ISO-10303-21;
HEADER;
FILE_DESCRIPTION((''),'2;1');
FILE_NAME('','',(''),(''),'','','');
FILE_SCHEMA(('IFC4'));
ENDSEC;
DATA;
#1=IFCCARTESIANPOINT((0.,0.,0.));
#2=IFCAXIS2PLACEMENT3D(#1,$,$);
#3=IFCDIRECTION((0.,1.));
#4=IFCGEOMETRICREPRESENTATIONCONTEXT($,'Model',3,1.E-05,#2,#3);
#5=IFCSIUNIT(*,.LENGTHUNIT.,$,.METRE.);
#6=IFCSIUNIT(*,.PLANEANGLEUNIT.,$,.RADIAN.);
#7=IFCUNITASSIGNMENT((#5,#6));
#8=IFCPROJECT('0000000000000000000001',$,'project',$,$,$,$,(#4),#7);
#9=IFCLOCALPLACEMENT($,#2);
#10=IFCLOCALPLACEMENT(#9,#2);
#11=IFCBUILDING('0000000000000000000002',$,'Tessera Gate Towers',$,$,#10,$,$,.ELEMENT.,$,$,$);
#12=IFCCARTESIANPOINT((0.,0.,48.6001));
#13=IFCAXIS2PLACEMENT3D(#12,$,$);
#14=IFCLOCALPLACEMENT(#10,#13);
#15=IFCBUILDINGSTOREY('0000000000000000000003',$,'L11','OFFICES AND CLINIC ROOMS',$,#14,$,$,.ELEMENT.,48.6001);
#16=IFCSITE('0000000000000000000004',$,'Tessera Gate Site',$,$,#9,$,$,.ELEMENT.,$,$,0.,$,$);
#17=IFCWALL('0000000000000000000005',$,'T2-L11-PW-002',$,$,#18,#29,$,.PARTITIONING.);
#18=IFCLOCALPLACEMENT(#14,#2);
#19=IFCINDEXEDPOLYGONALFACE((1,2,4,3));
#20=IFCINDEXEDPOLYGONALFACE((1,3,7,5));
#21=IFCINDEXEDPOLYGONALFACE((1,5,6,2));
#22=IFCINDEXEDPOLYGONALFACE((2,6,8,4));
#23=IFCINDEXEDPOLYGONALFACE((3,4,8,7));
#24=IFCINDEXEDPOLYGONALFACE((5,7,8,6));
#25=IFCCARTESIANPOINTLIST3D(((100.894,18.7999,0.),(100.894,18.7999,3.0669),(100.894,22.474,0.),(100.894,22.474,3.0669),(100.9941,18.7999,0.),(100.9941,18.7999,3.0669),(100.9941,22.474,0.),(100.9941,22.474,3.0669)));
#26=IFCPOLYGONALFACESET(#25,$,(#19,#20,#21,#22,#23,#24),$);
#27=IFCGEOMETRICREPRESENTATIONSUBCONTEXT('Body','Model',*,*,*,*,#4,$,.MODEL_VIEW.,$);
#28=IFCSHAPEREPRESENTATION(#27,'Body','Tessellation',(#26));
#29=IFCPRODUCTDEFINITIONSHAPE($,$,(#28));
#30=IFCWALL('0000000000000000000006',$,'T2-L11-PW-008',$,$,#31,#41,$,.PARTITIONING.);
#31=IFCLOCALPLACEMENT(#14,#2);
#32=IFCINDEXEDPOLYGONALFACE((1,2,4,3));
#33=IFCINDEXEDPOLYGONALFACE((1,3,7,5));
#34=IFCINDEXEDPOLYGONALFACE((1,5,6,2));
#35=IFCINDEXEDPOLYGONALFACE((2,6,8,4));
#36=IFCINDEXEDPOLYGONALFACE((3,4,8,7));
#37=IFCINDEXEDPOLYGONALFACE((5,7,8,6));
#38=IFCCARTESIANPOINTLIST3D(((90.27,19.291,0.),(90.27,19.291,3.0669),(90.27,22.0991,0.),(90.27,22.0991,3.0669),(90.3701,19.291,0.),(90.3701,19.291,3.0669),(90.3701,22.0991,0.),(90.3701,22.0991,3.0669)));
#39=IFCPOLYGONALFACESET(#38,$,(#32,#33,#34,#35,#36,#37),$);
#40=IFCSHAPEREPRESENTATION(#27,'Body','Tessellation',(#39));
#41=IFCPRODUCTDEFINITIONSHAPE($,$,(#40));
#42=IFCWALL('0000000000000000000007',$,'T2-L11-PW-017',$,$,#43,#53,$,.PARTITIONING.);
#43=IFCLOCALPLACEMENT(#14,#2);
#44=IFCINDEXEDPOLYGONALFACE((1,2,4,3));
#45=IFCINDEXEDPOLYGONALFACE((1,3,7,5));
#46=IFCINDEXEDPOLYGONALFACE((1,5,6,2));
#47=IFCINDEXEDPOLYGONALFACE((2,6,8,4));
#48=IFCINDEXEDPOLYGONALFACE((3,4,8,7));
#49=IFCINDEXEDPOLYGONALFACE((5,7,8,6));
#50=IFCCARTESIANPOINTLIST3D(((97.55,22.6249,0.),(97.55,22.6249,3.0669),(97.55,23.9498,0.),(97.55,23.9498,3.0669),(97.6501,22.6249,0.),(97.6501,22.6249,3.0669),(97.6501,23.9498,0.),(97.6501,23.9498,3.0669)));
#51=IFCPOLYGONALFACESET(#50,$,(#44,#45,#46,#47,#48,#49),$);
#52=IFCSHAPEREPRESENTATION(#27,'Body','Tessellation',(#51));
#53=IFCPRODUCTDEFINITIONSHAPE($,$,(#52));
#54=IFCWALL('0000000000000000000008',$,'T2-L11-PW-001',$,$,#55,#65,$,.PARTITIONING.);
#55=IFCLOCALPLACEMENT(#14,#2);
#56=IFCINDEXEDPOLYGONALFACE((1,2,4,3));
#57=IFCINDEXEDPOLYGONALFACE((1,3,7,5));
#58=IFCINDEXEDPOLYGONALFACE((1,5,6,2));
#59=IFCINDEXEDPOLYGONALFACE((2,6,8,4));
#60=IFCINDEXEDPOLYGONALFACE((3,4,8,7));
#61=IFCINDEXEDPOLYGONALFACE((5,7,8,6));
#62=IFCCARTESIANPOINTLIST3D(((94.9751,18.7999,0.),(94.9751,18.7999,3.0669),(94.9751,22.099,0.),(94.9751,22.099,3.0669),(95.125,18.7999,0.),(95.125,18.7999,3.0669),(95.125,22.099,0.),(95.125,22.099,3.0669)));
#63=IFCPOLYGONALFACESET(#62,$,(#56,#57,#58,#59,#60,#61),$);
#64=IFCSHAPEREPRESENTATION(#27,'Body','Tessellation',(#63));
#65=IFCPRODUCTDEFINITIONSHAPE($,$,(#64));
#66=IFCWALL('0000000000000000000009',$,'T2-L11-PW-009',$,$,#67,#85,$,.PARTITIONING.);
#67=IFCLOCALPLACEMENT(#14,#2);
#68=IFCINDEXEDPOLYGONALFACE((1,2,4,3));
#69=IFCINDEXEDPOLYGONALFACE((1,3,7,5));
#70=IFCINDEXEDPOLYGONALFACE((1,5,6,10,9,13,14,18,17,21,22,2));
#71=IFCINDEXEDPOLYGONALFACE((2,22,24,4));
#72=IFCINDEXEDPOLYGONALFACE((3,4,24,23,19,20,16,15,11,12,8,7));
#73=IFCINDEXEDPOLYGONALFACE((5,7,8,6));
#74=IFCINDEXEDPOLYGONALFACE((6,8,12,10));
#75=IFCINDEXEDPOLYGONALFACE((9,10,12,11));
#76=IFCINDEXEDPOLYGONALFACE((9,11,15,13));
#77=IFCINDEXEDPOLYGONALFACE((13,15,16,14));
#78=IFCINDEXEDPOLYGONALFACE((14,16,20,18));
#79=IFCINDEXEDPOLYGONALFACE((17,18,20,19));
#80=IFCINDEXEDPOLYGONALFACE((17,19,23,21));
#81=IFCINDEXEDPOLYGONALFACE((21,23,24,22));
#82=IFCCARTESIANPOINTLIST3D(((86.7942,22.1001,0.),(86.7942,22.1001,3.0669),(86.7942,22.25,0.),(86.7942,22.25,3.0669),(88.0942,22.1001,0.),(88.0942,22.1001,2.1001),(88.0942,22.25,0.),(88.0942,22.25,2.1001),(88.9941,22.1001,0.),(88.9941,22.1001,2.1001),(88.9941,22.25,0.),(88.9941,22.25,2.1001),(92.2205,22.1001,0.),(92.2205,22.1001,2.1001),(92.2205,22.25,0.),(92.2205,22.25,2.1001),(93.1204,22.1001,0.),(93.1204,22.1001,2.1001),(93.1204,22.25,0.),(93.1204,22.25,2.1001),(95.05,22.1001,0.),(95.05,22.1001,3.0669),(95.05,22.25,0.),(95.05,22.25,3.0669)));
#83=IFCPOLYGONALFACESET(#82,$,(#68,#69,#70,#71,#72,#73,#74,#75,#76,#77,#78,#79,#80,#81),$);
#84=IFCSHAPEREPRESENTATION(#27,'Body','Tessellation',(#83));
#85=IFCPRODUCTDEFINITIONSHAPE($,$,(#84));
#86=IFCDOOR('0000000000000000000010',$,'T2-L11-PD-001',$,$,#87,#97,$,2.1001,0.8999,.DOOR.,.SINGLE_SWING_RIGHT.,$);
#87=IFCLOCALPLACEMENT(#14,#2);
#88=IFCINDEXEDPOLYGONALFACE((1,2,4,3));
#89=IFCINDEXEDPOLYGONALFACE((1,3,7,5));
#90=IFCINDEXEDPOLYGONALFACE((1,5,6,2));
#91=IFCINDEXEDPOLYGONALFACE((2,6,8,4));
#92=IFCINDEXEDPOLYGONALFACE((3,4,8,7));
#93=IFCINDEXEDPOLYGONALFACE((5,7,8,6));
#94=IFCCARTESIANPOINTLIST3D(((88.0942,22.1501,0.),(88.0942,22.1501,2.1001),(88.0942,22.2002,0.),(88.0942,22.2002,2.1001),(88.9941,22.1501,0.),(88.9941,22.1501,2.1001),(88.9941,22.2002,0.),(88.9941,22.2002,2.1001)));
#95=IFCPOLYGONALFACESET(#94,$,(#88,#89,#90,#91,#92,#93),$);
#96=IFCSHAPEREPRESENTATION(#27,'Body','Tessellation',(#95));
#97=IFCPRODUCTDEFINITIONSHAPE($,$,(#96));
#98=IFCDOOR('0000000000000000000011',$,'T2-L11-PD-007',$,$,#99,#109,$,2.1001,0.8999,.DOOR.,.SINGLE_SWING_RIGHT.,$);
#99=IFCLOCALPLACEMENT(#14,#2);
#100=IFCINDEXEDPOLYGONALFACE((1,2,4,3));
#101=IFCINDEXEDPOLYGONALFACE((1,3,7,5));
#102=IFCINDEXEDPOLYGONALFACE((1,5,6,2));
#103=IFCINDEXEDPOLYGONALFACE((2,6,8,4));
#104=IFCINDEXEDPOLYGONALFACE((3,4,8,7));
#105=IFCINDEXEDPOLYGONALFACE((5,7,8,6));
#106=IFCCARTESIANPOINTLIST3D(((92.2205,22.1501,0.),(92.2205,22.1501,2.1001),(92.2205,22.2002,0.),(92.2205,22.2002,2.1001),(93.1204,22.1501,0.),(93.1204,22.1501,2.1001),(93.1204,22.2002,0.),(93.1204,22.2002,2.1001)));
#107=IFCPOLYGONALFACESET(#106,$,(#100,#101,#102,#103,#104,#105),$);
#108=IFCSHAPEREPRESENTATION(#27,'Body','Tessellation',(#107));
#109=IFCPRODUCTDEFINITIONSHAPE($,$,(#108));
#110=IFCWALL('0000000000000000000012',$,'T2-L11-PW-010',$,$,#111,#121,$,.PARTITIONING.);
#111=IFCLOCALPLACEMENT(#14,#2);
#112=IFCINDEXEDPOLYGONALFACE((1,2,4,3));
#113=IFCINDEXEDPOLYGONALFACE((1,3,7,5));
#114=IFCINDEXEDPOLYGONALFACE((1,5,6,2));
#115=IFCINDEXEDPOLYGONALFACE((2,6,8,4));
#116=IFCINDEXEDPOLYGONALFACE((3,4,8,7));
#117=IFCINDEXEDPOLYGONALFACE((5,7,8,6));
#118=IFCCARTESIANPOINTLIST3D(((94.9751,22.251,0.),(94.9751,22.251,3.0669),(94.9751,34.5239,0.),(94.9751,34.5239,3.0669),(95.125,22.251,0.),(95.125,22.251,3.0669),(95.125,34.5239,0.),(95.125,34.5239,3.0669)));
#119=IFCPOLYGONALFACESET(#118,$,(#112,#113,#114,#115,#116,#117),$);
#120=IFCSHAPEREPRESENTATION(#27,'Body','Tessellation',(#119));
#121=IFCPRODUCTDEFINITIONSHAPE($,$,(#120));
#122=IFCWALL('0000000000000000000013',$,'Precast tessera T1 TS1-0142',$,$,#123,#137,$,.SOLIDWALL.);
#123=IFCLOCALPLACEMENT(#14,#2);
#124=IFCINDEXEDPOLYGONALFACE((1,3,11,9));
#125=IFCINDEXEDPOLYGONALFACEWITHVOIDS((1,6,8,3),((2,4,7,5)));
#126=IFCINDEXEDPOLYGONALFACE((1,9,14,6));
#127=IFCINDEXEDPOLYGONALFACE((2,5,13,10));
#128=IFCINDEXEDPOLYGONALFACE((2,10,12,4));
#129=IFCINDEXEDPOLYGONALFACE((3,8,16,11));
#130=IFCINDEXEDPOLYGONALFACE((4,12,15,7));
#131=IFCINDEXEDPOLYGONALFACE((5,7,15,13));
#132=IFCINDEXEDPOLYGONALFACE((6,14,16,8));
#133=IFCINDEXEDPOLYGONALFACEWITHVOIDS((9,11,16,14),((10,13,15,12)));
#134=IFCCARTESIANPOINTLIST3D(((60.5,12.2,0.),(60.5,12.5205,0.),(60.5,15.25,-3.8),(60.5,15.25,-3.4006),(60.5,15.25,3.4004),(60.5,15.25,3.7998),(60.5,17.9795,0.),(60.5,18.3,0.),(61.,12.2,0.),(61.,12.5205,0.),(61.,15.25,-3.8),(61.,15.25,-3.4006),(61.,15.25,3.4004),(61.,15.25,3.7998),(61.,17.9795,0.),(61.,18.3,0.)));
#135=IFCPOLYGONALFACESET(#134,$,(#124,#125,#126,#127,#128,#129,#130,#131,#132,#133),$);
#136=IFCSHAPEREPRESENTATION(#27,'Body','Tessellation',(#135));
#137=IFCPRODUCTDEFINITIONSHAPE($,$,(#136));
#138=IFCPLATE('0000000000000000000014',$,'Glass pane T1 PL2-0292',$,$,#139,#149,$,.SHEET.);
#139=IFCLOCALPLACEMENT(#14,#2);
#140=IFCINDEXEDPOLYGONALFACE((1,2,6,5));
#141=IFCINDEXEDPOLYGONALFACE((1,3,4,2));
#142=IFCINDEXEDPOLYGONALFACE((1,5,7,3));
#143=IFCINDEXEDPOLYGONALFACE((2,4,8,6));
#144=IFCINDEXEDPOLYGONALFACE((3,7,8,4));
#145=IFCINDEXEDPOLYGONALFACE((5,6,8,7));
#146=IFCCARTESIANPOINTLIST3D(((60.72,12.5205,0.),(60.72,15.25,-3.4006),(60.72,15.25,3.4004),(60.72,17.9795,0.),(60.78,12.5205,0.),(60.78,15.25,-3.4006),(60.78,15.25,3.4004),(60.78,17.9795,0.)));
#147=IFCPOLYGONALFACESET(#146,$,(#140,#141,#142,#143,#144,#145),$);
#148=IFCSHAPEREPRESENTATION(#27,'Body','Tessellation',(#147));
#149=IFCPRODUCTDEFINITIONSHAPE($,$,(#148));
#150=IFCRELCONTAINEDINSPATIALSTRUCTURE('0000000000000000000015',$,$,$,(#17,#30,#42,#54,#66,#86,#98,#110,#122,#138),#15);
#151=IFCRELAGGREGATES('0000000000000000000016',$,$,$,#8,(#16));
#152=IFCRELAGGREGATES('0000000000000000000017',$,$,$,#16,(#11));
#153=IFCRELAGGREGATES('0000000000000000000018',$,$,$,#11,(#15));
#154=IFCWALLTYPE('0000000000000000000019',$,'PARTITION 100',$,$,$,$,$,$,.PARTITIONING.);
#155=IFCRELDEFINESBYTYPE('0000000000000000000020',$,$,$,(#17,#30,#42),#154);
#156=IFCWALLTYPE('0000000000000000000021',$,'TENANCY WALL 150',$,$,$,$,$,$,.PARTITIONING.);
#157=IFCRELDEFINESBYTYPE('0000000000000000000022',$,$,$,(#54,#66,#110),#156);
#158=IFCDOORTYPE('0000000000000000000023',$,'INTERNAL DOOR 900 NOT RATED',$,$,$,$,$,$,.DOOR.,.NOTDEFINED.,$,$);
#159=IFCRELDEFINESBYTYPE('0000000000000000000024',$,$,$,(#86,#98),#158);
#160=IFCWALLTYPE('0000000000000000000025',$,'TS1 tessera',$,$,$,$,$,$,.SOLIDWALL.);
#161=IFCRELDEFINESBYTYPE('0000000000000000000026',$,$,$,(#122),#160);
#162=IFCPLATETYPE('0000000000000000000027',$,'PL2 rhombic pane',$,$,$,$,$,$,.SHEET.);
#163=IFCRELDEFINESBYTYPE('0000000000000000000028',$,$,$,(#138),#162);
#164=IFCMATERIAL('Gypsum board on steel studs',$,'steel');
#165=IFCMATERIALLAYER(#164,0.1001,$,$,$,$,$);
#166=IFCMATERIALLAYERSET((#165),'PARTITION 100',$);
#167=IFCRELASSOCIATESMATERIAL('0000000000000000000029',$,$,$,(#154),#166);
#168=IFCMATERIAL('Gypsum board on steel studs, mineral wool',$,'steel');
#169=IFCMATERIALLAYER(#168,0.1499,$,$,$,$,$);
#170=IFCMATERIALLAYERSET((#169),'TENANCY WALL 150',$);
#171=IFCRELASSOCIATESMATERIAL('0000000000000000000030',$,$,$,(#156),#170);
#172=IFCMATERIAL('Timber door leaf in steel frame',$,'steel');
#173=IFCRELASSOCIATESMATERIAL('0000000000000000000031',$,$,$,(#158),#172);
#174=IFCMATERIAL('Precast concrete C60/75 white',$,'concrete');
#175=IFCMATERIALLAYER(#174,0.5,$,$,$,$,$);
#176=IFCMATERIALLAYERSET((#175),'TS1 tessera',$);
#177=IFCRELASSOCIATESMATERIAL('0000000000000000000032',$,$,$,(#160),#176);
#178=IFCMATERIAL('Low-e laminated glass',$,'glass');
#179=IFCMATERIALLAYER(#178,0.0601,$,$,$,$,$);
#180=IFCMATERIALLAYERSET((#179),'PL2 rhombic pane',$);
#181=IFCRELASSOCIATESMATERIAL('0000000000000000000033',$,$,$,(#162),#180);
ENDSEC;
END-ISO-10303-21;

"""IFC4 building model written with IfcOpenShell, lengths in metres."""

from ifc_helpers import new_model, si_unit, direction, frame, frame_2d, origin, place, context, subcontext, project, spatial, polyline, rectangle, outline, extrude, source, transform, mapped, material, layer, layer_set, type_object, element, fill, save


model = new_model("IFC4")

# Units and contexts
model_context = context("Model", 3, precision=1e-05, world=origin(), true_north=direction((0.0, 1.0)))
body_context = subcontext(model_context, "Body", "Model", "MODEL_VIEW")
ifc_project = project(units=[si_unit("LENGTHUNIT", "METRE"), si_unit("PLANEANGLEUNIT", "RADIAN")], contexts=[model_context])

# Site, building, storey
site_placement = place(None, origin())
site = spatial("IfcSite", under=ifc_project, at=site_placement, Name="Tessera Gate Site", CompositionType="ELEMENT", RefElevation=0.0)
building_placement = place(site_placement, origin())
building = spatial("IfcBuilding", under=site, at=building_placement, Name="Tessera Gate Towers", CompositionType="ELEMENT")
storey_placement = place(building_placement, frame((0.0, 0.0, 48.6001)))
storey = spatial("IfcBuildingStorey", under=building, at=storey_placement, Name="L11", Description="OFFICES AND CLINIC ROOMS", CompositionType="ELEMENT", Elevation=48.6001)

# Walls
ifc_material_1 = material(Name="Gypsum board on steel studs", Category="steel")
ifc_layer_1 = layer(ifc_material_1, 0.1001)
ifc_layer_set_1 = layer_set([ifc_layer_1], Name="PARTITION 100")
wall_type_1 = type_object("IfcWallType", Name="PARTITION 100", PredefinedType="PARTITIONING", material=ifc_layer_set_1)
wall_1_placement = place(storey_placement, frame((100.9441, 18.8, 0.0), z_axis=(0.0, 0.0, 1.0), x_axis=(0.0, 1.0, 0.0)))
element("IfcWall", 1, at=wall_1_placement, inside=storey, type_object=wall_type_1, Name="T2-L11-PW-002", PredefinedType="PARTITIONING", context=body_context, shape_type="SweptSolid", body=[
    extrude(rectangle(XDim=3.6741, YDim=0.1001, at=frame_2d((1.8369, 0.0))), origin(), (0.0, 0.0, 1.0), 3.0669),
])
wall_2_placement = place(storey_placement, frame((90.3201, 19.291, 0.0), z_axis=(0.0, 0.0, 1.0), x_axis=(0.0, 1.0, 0.0)))
element("IfcWall", 2, at=wall_2_placement, inside=storey, type_object=wall_type_1, Name="T2-L11-PW-008", PredefinedType="PARTITIONING", context=body_context, shape_type="SweptSolid", body=[
    extrude(rectangle(XDim=2.8081, YDim=0.1001, at=frame_2d((1.4041, 0.0))), origin(), (0.0, 0.0, 1.0), 3.0669),
])
wall_3_placement = place(storey_placement, frame((97.6001, 23.95, 0.0), z_axis=(0.0, 0.0, 1.0), x_axis=(0.0, -1.0, 0.0)))
element("IfcWall", 3, at=wall_3_placement, inside=storey, type_object=wall_type_1, Name="T2-L11-PW-017", PredefinedType="PARTITIONING", context=body_context, shape_type="SweptSolid", body=[
    extrude(rectangle(XDim=1.325, YDim=0.1001, at=frame_2d((0.6626, 0.0))), origin(), (0.0, 0.0, 1.0), 3.0669),
])
ifc_material_2 = material(Name="Gypsum board on steel studs, mineral wool", Category="steel")
ifc_layer_2 = layer(ifc_material_2, 0.1499)
ifc_layer_set_2 = layer_set([ifc_layer_2], Name="TENANCY WALL 150")
wall_type_2 = type_object("IfcWallType", Name="TENANCY WALL 150", PredefinedType="PARTITIONING", material=ifc_layer_set_2)
wall_4_placement = place(storey_placement, frame((95.05, 18.8, 0.0), z_axis=(0.0, 0.0, 1.0), x_axis=(0.0, 1.0, 0.0)))
element("IfcWall", 4, at=wall_4_placement, inside=storey, type_object=wall_type_2, Name="T2-L11-PW-001", PredefinedType="PARTITIONING", context=body_context, shape_type="SweptSolid", body=[
    extrude(rectangle(XDim=3.2991, YDim=0.1499, at=frame_2d((1.6494, 0.0))), origin(), (0.0, 0.0, 1.0), 3.0669),
])

# Wall, openings, doors
wall_5_placement = place(storey_placement, frame((95.05, 22.175, 0.0), z_axis=(0.0, 0.0, 1.0), x_axis=(-1.0, 0.0, 0.0)))
wall_5 = element("IfcWall", 5, at=wall_5_placement, inside=storey, type_object=wall_type_2, Name="T2-L11-PW-009", PredefinedType="PARTITIONING", context=body_context, shape_type="SweptSolid", body=[
    extrude(rectangle(XDim=8.2559, YDim=0.1499, at=frame_2d((4.1279, 0.0))), origin(), (0.0, 0.0, 1.0), 3.0669),
])
shared_shape_1 = source(origin(), body_context, "Body", "SweptSolid", [
    extrude(rectangle(XDim=0.8999, YDim=2.1001, at=frame_2d((0.45, 1.05))), frame((0.0, 0.085, 0.0), z_axis=(0.0, -1.0, 0.0), x_axis=(1.0, 0.0, 0.0)), (0.0, 0.0, 1.0), 0.1699),
])
opening_1_placement = place(wall_5_placement, frame((6.0559, 0.0, 0.0)))
opening_1 = element("IfcOpeningElement", 6, at=opening_1_placement, cuts=wall_5, PredefinedType="OPENING", context=body_context, shape_type="MappedRepresentation", body=[
    mapped(shared_shape_1, transform((0.0, 0.0, 0.0), scale=1.0)),
])
opening_2_placement = place(wall_5_placement, frame((1.9297, 0.0, 0.0)))
opening_2 = element("IfcOpeningElement", 7, at=opening_2_placement, cuts=wall_5, PredefinedType="OPENING", context=body_context, shape_type="MappedRepresentation", body=[
    mapped(shared_shape_1, transform((0.0, 0.0, 0.0), scale=1.0)),
])
ifc_material_3 = material(Name="Timber door leaf in steel frame", Category="steel")
door_type = type_object("IfcDoorType", Name="INTERNAL DOOR 900 NOT RATED", OperationType="NOTDEFINED", PredefinedType="DOOR", material=ifc_material_3)
shared_shape_2 = source(origin(), body_context, "Body", "SweptSolid", [
    extrude(rectangle(XDim=0.8999, YDim=2.1001, at=frame_2d((0.45, 1.05))), frame((0.0, 0.0249, 0.0), z_axis=(0.0, -1.0, 0.0), x_axis=(1.0, 0.0, 0.0)), (0.0, 0.0, 1.0), 0.05),
])
door_1_placement = place(opening_1_placement, origin())
door_1 = element("IfcDoor", 8, at=door_1_placement, inside=storey, type_object=door_type, Name="T2-L11-PD-001", OperationType="SINGLE_SWING_RIGHT", OverallHeight=2.1001, OverallWidth=0.8999, PredefinedType="DOOR", context=body_context, shape_type="MappedRepresentation", body=[
    mapped(shared_shape_2, transform((0.0, 0.0, 0.0), scale=1.0)),
])
fill(opening_1, door_1)
door_2_placement = place(opening_2_placement, origin())
door_2 = element("IfcDoor", 9, at=door_2_placement, inside=storey, type_object=door_type, Name="T2-L11-PD-007", OperationType="SINGLE_SWING_RIGHT", OverallHeight=2.1001, OverallWidth=0.8999, PredefinedType="DOOR", context=body_context, shape_type="MappedRepresentation", body=[
    mapped(shared_shape_2, transform((0.0, 0.0, 0.0), scale=1.0)),
])
fill(opening_2, door_2)

# Wall
wall_6_placement = place(storey_placement, frame((95.05, 22.251, 0.0), z_axis=(0.0, 0.0, 1.0), x_axis=(0.0, 1.0, 0.0)))
element("IfcWall", 10, at=wall_6_placement, inside=storey, type_object=wall_type_2, Name="T2-L11-PW-010", PredefinedType="PARTITIONING", context=body_context, shape_type="SweptSolid", body=[
    extrude(rectangle(XDim=12.2729, YDim=0.1499, at=frame_2d((6.1365, 0.0))), origin(), (0.0, 0.0, 1.0), 3.0669),
])

# Wall, opening, plate
ifc_material_4 = material(Name="Precast concrete C60/75 white", Category="concrete")
ifc_layer_3 = layer(ifc_material_4, 0.5)
ifc_layer_set_3 = layer_set([ifc_layer_3], Name="TS1 tessera")
wall_type_3 = type_object("IfcWallType", Name="TS1 tessera", PredefinedType="SOLIDWALL", material=ifc_layer_set_3)
shared_shape_3 = source(origin(), body_context, "Body", "SweptSolid", [
    extrude(outline(polyline([(3.05, 0.0), (6.1001, 3.8), (3.05, 7.5999), (0.0, 3.8), (3.05, 0.0)])), frame((0.0, 0.25, 0.0), z_axis=(0.0, -1.0, 0.0), x_axis=(1.0, 0.0, 0.0)), (0.0, 0.0, 1.0), 0.5),
])
wall_7_placement = place(storey_placement, frame((60.75, 12.2, -3.8), z_axis=(0.0, 0.0, 1.0), x_axis=(0.0, 1.0, 0.0)))
wall_7 = element("IfcWall", 11, at=wall_7_placement, inside=storey, type_object=wall_type_3, Name="Precast tessera T1 TS1-0142", PredefinedType="SOLIDWALL", context=body_context, shape_type="MappedRepresentation", body=[
    mapped(shared_shape_3, transform((0.0, 0.0, 0.0), scale=1.0)),
])
shared_shape_4 = source(origin(), body_context, "Body", "SweptSolid", [
    extrude(outline(polyline([(3.05, 0.3994), (5.7795, 3.8), (3.05, 7.2004), (0.3206, 3.8), (3.05, 0.3994)])), frame((0.0, 0.26, 0.0), z_axis=(0.0, -1.0, 0.0), x_axis=(1.0, 0.0, 0.0)), (0.0, 0.0, 1.0), 0.52),
])
opening_3_placement = place(wall_7_placement, origin())
opening_3 = element("IfcOpeningElement", 12, at=opening_3_placement, cuts=wall_7, PredefinedType="OPENING", context=body_context, shape_type="MappedRepresentation", body=[
    mapped(shared_shape_4, transform((0.0, 0.0, 0.0), scale=1.0)),
])
ifc_material_5 = material(Name="Low-e laminated glass", Category="glass")
ifc_layer_4 = layer(ifc_material_5, 0.0601)
ifc_layer_set_4 = layer_set([ifc_layer_4], Name="PL2 rhombic pane")
plate_type = type_object("IfcPlateType", Name="PL2 rhombic pane", PredefinedType="SHEET", material=ifc_layer_set_4)
shared_shape_5 = source(origin(), body_context, "Body", "SweptSolid", [
    extrude(outline(polyline([(3.05, 0.3994), (5.7795, 3.8), (3.05, 7.2004), (0.3206, 3.8), (3.05, 0.3994)])), frame((0.0, 0.03, 0.0), z_axis=(0.0, -1.0, 0.0), x_axis=(1.0, 0.0, 0.0)), (0.0, 0.0, 1.0), 0.0601),
])
plate_1_placement = place(opening_3_placement, origin())
plate_1 = element("IfcPlate", 13, at=plate_1_placement, inside=storey, type_object=plate_type, Name="Glass pane T1 PL2-0292", PredefinedType="SHEET", context=body_context, shape_type="MappedRepresentation", body=[
    mapped(shared_shape_5, transform((0.0, 0.0, 0.0), scale=1.0)),
])
fill(opening_3, plate_1)

save(model, "model.ifc")
